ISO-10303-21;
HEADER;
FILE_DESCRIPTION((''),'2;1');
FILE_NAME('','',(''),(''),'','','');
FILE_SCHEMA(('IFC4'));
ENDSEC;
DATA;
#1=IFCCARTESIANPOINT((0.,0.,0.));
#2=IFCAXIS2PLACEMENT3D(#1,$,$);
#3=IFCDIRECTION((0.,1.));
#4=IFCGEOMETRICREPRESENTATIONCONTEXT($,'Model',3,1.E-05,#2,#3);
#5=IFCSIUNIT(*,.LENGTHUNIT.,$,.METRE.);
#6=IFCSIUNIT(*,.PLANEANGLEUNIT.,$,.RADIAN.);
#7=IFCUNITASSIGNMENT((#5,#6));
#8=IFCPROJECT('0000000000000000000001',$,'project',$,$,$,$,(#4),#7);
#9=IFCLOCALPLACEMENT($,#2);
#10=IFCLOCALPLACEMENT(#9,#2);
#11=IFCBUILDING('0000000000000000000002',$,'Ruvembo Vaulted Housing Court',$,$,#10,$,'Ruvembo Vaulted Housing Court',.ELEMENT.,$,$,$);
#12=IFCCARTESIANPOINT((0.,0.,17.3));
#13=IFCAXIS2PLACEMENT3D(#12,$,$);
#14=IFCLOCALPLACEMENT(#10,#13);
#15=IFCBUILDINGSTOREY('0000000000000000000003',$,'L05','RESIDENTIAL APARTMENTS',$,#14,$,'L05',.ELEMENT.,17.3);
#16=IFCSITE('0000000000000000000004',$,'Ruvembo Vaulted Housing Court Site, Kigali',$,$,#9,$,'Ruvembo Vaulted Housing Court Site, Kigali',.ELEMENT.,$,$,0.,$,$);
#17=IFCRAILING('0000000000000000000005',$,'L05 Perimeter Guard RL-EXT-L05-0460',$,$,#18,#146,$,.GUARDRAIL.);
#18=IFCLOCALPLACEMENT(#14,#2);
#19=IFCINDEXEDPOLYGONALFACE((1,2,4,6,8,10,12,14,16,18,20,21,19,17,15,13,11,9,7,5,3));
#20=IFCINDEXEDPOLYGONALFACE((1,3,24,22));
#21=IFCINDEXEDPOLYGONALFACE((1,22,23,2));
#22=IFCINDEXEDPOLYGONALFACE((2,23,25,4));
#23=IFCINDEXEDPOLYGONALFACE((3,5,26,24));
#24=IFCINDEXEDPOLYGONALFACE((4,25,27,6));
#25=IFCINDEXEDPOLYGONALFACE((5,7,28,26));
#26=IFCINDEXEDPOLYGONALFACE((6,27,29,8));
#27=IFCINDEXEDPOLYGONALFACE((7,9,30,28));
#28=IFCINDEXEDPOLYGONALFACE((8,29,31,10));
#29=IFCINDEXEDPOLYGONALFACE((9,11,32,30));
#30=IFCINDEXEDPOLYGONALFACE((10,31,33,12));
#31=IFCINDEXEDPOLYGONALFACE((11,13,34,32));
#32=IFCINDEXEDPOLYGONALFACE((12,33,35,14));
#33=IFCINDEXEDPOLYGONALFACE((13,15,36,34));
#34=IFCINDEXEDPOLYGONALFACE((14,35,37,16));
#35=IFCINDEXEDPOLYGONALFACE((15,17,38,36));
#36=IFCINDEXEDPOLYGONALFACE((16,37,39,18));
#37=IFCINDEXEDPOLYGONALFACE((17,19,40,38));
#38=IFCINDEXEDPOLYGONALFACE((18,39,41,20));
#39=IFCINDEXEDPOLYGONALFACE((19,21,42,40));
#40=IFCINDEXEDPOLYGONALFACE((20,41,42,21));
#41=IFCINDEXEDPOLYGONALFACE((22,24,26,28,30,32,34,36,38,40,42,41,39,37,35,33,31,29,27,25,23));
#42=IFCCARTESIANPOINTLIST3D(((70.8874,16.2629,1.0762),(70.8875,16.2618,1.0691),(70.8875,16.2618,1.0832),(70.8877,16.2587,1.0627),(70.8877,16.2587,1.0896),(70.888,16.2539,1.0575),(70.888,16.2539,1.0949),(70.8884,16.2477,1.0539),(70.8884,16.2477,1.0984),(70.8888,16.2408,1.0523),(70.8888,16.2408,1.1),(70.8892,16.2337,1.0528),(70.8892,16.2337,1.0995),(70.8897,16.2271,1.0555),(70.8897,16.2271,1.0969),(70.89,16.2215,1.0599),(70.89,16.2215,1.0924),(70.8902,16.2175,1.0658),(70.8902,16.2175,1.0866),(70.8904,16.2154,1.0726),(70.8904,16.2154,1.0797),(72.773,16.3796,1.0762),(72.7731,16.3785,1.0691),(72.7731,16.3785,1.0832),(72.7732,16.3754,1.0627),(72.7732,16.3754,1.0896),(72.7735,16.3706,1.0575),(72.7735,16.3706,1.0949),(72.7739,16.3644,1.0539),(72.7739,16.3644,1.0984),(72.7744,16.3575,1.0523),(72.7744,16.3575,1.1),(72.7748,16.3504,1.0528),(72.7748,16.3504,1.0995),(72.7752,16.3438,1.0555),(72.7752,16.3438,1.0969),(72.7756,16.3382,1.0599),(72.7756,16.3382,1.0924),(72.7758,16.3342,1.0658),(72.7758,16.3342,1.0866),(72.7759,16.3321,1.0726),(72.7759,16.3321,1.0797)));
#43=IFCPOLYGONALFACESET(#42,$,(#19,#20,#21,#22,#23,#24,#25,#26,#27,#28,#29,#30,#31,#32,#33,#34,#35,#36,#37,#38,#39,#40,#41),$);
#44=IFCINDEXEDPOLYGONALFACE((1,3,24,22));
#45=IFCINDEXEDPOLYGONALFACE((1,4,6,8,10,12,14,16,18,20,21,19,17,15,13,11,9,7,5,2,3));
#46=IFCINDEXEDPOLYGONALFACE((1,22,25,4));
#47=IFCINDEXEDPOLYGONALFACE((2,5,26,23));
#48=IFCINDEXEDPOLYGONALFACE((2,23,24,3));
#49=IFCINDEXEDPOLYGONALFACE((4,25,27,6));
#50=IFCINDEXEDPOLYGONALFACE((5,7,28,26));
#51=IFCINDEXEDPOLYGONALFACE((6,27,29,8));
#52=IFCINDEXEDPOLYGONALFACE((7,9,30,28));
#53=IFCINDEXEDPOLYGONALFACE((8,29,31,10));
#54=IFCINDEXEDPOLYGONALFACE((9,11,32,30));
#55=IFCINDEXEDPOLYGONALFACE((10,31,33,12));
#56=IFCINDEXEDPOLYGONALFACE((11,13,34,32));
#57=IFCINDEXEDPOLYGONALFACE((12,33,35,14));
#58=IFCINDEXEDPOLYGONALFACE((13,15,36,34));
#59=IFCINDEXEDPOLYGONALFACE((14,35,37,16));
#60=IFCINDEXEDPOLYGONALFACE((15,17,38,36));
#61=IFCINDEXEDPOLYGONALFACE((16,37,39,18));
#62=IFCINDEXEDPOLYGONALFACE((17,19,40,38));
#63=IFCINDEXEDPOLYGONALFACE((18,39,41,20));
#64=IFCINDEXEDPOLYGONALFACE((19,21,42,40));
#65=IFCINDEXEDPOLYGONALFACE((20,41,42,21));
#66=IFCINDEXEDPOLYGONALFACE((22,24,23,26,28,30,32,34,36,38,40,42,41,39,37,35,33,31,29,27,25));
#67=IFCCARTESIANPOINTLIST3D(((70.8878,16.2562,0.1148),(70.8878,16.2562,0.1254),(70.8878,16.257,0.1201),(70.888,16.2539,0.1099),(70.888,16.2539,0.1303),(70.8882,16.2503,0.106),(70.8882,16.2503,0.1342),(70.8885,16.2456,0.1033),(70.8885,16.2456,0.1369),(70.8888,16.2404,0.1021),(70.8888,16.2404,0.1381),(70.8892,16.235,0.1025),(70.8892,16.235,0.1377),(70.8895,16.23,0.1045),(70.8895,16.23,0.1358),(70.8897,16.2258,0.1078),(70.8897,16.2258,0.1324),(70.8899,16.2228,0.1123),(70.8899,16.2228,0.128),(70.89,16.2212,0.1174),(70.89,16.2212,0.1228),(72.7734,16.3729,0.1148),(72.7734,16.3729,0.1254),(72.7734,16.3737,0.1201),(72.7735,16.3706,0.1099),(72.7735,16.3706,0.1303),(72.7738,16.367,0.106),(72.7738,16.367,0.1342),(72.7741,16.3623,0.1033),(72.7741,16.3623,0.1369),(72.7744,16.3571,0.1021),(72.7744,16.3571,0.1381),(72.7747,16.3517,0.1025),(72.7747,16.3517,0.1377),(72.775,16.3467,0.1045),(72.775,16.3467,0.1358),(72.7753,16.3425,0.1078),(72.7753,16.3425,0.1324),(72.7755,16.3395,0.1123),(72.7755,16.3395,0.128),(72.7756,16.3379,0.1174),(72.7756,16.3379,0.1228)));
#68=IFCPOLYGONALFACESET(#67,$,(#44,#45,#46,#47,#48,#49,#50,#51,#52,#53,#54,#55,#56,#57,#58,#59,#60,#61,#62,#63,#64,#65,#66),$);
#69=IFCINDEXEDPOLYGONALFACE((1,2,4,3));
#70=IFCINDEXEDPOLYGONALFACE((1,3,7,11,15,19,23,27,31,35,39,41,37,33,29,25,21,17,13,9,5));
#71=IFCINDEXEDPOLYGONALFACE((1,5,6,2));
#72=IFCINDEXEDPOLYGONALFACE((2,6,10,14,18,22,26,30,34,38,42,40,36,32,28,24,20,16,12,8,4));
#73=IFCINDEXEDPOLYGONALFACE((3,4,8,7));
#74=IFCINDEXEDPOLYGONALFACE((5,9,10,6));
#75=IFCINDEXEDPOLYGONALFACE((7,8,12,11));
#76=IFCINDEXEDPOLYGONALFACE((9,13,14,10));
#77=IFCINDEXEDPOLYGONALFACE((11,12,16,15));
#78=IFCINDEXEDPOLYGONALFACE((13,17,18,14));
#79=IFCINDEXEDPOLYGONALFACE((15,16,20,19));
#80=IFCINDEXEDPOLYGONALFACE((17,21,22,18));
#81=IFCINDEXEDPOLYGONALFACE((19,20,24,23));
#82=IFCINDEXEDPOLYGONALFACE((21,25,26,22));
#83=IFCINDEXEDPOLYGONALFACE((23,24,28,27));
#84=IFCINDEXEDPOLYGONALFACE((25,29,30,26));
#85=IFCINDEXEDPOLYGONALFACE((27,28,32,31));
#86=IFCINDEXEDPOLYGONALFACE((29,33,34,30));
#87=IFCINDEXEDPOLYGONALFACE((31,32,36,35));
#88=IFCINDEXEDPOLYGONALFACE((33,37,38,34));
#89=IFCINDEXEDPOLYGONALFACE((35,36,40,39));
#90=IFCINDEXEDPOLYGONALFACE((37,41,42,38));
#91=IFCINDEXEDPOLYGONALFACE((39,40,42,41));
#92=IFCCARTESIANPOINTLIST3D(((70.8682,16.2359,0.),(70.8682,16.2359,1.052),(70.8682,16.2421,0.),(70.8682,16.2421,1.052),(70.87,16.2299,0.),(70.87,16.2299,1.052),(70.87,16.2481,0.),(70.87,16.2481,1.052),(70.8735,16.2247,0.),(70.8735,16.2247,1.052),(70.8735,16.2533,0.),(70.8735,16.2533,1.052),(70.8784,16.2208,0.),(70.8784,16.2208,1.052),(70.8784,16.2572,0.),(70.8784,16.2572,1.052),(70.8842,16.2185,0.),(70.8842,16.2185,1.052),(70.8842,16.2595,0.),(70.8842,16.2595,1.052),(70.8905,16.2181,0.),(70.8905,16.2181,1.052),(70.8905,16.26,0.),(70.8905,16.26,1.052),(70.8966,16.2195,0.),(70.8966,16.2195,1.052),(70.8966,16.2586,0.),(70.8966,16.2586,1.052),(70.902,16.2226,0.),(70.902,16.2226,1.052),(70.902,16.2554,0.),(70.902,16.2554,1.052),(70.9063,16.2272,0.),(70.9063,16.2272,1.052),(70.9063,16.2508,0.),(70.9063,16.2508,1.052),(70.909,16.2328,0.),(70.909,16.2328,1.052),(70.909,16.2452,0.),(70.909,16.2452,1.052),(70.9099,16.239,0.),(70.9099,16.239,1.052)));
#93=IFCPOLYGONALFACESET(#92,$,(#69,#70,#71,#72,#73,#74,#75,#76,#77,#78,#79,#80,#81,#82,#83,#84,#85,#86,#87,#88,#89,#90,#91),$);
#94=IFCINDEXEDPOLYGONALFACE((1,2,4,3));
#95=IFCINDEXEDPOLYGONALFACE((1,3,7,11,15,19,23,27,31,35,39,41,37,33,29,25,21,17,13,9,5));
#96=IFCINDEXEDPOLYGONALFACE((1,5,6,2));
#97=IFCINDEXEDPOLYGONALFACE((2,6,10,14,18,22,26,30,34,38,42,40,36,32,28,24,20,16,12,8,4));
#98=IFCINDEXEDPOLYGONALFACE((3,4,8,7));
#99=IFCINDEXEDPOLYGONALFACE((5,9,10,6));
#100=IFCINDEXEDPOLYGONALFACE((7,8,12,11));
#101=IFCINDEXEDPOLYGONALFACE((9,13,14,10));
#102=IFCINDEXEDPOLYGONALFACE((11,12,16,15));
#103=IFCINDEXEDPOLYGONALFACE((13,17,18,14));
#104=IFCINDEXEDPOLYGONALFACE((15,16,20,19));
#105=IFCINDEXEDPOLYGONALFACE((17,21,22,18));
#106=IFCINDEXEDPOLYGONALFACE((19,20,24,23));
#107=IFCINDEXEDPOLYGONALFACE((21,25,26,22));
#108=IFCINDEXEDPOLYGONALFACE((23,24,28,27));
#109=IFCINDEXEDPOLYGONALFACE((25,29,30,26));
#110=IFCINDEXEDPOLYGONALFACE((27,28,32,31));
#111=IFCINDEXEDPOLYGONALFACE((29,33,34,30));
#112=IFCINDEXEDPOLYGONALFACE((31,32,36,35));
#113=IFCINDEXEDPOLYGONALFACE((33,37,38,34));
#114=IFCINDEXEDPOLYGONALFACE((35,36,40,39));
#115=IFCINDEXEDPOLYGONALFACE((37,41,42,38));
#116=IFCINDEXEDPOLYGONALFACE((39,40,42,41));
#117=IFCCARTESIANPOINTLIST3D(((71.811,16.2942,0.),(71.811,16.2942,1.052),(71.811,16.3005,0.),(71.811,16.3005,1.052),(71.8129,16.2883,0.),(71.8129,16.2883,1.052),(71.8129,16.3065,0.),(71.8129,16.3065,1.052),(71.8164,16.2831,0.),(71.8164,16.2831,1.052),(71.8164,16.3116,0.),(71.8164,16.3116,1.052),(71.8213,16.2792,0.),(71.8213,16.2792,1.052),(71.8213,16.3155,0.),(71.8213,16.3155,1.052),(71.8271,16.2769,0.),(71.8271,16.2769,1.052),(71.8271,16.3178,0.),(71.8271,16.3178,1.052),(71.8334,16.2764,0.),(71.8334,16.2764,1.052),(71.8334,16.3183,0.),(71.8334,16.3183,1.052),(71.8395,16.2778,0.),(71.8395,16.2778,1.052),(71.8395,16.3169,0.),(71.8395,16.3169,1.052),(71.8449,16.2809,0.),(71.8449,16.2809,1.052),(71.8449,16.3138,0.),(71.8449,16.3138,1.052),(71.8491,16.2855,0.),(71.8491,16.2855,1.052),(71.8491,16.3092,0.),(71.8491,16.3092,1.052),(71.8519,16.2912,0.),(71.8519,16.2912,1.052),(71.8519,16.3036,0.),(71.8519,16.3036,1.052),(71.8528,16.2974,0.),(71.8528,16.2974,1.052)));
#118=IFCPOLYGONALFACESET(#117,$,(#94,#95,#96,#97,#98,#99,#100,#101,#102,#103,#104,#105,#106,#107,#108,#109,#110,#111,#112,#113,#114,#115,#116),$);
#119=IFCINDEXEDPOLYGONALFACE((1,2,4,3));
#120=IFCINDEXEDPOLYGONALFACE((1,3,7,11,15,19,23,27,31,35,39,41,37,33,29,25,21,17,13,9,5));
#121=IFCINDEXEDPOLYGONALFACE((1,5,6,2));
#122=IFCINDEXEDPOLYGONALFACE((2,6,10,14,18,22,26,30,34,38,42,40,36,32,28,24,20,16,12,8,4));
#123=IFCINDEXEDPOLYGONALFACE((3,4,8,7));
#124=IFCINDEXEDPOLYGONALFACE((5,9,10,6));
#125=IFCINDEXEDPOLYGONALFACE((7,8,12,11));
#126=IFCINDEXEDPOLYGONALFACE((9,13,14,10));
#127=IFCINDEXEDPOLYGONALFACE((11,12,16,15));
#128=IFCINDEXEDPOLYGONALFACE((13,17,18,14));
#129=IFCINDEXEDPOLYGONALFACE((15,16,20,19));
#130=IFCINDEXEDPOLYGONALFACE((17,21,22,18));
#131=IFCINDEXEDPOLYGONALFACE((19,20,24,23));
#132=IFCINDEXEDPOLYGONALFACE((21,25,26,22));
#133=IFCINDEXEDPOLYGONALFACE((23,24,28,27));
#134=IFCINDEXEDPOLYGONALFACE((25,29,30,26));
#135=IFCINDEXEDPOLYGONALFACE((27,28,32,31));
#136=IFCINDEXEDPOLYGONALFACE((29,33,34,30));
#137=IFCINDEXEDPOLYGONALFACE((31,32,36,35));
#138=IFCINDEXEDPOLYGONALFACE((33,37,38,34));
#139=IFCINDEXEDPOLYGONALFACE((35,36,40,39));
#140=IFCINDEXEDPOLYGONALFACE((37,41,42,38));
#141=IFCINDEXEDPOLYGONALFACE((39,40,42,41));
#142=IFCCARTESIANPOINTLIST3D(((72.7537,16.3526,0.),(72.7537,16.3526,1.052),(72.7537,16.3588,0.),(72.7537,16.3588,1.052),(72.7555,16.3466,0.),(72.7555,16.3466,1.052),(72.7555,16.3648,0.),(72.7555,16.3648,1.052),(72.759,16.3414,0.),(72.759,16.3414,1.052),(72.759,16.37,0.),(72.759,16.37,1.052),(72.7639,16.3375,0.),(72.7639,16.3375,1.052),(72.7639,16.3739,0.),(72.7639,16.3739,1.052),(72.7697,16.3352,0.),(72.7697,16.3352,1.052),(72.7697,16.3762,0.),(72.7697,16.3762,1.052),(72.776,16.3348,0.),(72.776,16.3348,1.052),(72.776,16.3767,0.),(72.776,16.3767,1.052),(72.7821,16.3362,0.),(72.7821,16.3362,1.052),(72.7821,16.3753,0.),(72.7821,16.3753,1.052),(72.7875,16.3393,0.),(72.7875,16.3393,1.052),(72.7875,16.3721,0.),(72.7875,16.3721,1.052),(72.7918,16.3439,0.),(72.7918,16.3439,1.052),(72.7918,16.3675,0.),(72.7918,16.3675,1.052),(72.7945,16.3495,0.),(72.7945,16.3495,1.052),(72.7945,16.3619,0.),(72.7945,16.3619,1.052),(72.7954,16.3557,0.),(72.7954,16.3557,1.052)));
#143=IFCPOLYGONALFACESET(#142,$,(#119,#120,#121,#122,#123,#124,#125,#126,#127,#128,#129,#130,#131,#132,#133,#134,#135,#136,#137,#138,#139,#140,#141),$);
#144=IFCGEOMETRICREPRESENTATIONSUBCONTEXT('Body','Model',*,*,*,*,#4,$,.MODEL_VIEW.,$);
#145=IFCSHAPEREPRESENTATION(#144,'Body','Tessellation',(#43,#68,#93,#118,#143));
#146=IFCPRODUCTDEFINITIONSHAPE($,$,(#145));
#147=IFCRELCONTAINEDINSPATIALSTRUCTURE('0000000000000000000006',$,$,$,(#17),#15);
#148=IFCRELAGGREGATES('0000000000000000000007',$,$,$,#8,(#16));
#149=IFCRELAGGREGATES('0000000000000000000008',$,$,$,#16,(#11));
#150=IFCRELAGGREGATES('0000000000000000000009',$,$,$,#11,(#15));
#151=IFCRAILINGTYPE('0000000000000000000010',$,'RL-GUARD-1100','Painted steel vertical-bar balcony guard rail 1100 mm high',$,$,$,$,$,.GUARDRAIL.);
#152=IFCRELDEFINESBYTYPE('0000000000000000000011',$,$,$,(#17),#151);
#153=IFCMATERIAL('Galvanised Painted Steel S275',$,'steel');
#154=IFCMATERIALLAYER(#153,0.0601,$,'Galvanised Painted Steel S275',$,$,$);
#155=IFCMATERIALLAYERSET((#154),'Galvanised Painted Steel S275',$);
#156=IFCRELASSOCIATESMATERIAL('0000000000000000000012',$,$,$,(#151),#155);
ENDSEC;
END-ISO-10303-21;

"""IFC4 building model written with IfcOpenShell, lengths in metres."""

from ifc_helpers import new_model, si_unit, direction, frame, origin, origin_2d, place, context, subcontext, project, spatial, circle, extrude, material, layer, layer_set, type_object, element, save


model = new_model("IFC4")

# Units and contexts
model_context = context("Model", 3, precision=1e-05, world=origin(), true_north=direction((0.0, 1.0)))
body_context = subcontext(model_context, "Body", "Model", "MODEL_VIEW")
ifc_project = project(units=[si_unit("LENGTHUNIT", "METRE"), si_unit("PLANEANGLEUNIT", "RADIAN")], contexts=[model_context])

# Site, building, storey
site_placement = place(None, origin())
site = spatial("IfcSite", under=ifc_project, at=site_placement, Name="Ruvembo Vaulted Housing Court Site, Kigali", LongName="Ruvembo Vaulted Housing Court Site, Kigali", CompositionType="ELEMENT", RefElevation=0.0)
building_placement = place(site_placement, origin())
building = spatial("IfcBuilding", under=site, at=building_placement, Name="Ruvembo Vaulted Housing Court", LongName="Ruvembo Vaulted Housing Court", CompositionType="ELEMENT")
storey_placement = place(building_placement, frame((0.0, 0.0, 17.3)))
storey = spatial("IfcBuildingStorey", under=building, at=storey_placement, Name="L05", Description="RESIDENTIAL APARTMENTS", LongName="L05", CompositionType="ELEMENT", Elevation=17.3)

# Railing
ifc_material_1 = material(Name="Galvanised Painted Steel S275", Category="steel")
ifc_layer = layer(ifc_material_1, 0.0601, Name="Galvanised Painted Steel S275")
ifc_layer_set = layer_set([ifc_layer], Name="Galvanised Painted Steel S275")
railing_type = type_object("IfcRailingType", Name="RL-GUARD-1100", Description="Painted steel vertical-bar balcony guard rail 1100 mm high", PredefinedType="GUARDRAIL", material=ifc_layer_set)
railing_1_placement = place(storey_placement, frame((70.8889, 16.239, 0.0)))
element("IfcRailing", 1, at=railing_1_placement, inside=storey, type_object=railing_type, Name="L05 Perimeter Guard RL-EXT-L05-0460", PredefinedType="GUARDRAIL", context=body_context, shape_type="SweptSolid", body=[
    extrude(circle(Radius=0.0239, at=origin_2d()), frame((0.0, 0.0, 1.0762), z_axis=(0.99809, 0.061775, 0.0), x_axis=(-0.061775, 0.99809, 0.0)), (0.0, 0.0, 1.0), 1.8892),
    extrude(circle(Radius=0.0181, at=origin_2d()), frame((0.0, 0.0, 0.1201), z_axis=(0.99809, 0.061775, 0.0), x_axis=(-0.061775, 0.99809, 0.0)), (0.0, 0.0, 1.0), 1.8892),
    extrude(circle(Radius=0.021, at=origin_2d()), origin(), (0.0, 0.0, 1.0), 1.052),
    extrude(circle(Radius=0.021, at=origin_2d()), frame((0.9429, 0.0583, 0.0)), (0.0, 0.0, 1.0), 1.052),
    extrude(circle(Radius=0.021, at=origin_2d()), frame((1.8855, 0.1167, 0.0)), (0.0, 0.0, 1.0), 1.052),
])

save(model, "model.ifc")
